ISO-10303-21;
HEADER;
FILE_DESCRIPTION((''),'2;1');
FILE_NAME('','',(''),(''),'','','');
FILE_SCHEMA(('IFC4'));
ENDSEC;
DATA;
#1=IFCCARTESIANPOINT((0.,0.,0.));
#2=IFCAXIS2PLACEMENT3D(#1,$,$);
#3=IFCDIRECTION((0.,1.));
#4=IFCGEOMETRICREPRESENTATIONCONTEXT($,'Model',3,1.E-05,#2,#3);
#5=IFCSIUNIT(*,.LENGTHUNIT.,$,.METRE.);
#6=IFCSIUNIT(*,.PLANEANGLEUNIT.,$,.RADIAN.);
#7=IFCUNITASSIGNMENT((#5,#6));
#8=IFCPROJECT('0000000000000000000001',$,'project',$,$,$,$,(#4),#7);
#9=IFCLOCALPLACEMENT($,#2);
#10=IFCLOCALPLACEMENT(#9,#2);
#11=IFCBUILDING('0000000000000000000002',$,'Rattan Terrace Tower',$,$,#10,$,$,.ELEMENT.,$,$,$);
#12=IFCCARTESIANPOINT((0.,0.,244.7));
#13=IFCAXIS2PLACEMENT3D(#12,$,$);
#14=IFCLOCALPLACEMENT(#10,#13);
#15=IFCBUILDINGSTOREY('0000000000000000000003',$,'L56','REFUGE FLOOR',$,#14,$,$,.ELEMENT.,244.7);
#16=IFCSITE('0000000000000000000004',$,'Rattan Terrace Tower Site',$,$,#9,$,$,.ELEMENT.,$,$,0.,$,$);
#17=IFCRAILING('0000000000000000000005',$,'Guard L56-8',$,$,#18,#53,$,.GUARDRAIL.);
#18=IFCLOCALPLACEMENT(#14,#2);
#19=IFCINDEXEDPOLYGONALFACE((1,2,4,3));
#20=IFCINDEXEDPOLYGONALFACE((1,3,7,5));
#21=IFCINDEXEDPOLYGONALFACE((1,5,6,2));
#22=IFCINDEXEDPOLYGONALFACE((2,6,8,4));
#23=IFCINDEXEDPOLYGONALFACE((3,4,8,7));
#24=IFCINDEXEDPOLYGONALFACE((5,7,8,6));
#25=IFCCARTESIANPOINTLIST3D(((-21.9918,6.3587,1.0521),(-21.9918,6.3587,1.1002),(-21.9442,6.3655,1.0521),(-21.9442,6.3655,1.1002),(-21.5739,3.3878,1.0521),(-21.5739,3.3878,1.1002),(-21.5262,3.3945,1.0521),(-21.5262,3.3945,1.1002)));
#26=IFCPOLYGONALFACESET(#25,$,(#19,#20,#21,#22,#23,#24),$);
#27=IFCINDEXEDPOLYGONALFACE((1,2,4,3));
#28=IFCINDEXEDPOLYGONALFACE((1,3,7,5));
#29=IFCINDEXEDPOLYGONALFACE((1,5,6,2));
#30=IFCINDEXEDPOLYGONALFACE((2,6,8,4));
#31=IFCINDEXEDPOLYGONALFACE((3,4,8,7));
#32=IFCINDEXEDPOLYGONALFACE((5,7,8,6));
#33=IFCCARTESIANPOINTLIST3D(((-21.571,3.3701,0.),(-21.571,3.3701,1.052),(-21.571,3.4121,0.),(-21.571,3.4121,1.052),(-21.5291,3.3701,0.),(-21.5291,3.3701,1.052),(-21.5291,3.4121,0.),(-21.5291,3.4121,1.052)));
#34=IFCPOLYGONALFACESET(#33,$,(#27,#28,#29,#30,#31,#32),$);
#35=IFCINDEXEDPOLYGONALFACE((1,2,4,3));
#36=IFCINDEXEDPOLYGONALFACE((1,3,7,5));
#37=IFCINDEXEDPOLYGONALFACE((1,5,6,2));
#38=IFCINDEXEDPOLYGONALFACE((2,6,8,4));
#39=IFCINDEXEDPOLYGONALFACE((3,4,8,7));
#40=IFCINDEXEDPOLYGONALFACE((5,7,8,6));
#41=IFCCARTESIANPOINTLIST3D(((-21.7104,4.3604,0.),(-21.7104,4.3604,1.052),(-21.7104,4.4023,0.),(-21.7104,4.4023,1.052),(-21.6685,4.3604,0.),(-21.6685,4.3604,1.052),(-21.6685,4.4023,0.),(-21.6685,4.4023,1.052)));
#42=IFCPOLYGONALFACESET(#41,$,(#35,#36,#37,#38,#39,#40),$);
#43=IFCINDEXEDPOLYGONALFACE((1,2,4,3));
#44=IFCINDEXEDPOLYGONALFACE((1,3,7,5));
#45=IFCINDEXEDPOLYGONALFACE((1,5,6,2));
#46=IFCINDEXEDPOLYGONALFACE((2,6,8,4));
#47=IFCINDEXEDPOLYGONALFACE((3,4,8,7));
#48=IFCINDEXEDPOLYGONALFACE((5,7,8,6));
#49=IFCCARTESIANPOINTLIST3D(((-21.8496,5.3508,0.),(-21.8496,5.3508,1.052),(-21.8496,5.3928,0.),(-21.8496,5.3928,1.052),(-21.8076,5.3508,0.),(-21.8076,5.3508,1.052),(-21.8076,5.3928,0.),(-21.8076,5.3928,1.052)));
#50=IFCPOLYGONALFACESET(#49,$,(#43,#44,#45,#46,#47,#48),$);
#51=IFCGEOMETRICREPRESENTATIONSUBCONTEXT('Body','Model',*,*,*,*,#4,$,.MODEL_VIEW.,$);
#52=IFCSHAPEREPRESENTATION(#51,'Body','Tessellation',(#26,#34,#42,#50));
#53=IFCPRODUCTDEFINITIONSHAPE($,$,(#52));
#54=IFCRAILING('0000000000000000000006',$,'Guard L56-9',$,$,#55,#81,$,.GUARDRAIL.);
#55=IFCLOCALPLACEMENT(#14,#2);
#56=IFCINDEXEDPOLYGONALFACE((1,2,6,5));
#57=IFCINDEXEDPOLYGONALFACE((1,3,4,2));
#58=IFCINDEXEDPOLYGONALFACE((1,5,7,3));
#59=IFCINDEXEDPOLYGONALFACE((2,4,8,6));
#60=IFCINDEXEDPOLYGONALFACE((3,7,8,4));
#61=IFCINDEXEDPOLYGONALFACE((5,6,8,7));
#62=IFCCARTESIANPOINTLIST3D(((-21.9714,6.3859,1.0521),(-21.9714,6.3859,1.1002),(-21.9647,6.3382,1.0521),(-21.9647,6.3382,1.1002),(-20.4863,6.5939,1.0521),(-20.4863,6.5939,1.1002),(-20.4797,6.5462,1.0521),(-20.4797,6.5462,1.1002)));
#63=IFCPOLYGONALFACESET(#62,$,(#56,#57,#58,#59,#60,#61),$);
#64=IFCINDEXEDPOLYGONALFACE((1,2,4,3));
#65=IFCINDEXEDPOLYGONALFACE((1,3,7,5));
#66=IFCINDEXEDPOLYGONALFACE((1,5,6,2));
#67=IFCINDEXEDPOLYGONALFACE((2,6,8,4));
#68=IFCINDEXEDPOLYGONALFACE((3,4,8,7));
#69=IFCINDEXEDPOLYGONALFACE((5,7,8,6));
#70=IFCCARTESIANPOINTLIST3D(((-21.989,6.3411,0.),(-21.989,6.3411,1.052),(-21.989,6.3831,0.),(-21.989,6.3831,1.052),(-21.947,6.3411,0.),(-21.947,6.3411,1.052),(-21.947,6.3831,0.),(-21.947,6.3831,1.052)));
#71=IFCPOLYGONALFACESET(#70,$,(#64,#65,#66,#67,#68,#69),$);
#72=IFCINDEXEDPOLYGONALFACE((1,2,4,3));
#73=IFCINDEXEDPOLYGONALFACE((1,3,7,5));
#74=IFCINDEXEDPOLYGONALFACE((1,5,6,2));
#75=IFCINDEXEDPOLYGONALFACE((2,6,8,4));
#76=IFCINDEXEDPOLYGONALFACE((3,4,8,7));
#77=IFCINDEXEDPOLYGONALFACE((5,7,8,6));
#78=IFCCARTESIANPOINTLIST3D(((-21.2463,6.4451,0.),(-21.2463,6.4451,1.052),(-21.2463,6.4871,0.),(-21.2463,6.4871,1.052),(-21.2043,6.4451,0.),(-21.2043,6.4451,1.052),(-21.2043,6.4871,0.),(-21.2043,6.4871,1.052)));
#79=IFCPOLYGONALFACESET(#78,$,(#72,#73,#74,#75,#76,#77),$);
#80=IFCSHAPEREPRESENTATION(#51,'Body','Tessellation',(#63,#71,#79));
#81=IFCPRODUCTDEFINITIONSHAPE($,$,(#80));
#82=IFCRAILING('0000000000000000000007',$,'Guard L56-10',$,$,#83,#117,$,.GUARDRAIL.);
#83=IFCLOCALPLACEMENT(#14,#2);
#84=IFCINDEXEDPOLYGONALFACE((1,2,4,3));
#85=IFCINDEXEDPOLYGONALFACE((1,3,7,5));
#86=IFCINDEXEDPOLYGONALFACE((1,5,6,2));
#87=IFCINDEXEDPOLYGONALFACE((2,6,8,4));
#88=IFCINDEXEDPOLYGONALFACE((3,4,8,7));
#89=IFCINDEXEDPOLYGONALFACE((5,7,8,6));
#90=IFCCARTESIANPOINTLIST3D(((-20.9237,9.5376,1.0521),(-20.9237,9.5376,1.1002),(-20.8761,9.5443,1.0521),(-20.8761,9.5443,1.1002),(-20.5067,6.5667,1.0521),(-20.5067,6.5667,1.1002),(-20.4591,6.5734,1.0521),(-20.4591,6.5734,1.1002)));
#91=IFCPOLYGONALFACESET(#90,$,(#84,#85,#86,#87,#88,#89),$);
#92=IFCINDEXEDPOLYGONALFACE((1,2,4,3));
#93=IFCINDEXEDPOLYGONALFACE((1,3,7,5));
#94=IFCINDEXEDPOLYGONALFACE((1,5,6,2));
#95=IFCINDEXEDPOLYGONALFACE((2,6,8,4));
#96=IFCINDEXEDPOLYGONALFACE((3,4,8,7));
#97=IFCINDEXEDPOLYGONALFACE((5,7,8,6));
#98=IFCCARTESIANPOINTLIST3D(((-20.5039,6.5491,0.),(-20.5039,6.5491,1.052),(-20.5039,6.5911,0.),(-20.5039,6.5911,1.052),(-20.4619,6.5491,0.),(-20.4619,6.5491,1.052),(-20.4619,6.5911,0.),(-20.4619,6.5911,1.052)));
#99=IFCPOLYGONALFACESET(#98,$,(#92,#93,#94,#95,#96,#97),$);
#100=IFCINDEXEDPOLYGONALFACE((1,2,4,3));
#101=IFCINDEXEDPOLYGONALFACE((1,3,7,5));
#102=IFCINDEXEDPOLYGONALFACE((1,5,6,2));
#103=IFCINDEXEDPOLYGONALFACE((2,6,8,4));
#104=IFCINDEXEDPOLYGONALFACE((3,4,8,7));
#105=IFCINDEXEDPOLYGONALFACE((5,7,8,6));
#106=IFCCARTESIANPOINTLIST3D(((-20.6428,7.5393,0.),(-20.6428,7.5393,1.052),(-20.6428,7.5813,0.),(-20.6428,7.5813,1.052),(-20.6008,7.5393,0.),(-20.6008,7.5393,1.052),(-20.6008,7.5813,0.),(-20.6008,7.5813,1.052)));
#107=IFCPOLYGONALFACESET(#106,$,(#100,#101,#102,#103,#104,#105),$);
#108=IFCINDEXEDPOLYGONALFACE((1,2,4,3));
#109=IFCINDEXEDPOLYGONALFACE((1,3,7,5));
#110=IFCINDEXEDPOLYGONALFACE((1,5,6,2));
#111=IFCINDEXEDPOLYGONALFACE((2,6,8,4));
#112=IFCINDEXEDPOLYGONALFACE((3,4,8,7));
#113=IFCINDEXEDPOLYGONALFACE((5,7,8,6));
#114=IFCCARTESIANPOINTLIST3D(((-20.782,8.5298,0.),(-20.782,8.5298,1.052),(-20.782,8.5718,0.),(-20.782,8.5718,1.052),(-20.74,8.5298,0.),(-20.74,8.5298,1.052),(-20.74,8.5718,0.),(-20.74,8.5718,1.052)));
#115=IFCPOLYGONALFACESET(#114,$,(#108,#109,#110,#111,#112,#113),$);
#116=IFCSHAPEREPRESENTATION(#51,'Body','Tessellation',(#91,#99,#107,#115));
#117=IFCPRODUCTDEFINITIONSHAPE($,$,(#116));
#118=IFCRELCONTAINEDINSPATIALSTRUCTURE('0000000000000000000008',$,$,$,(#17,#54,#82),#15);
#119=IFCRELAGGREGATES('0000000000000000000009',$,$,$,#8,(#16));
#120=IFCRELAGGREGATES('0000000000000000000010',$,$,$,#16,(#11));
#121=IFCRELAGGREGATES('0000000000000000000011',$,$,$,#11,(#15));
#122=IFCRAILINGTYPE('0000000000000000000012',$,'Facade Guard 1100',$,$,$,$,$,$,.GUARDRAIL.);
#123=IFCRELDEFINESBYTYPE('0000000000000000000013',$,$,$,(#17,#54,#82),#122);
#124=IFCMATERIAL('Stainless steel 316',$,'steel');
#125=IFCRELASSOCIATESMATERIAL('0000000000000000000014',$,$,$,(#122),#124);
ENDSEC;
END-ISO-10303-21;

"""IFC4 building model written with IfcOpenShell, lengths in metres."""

from ifc_helpers import new_model, si_unit, direction, frame, origin, origin_2d, place, context, subcontext, project, spatial, rectangle, extrude, material, type_object, element, save


model = new_model("IFC4")

# Units and contexts
model_context = context("Model", 3, precision=1e-05, world=origin(), true_north=direction((0.0, 1.0)))
body_context = subcontext(model_context, "Body", "Model", "MODEL_VIEW")
ifc_project = project(units=[si_unit("LENGTHUNIT", "METRE"), si_unit("PLANEANGLEUNIT", "RADIAN")], contexts=[model_context])

# Site, building, storey
site_placement = place(None, origin())
site = spatial("IfcSite", under=ifc_project, at=site_placement, Name="Rattan Terrace Tower Site", CompositionType="ELEMENT", RefElevation=0.0)
building_placement = place(site_placement, origin())
building = spatial("IfcBuilding", under=site, at=building_placement, Name="Rattan Terrace Tower", CompositionType="ELEMENT")
storey_placement = place(building_placement, frame((0.0, 0.0, 244.7)))
storey = spatial("IfcBuildingStorey", under=building, at=storey_placement, Name="L56", Description="REFUGE FLOOR", CompositionType="ELEMENT", Elevation=244.7)

# Railings
ifc_material_1 = material(Name="Stainless steel 316", Category="steel")
railing_type_1 = type_object("IfcRailingType", Name="Facade Guard 1100", PredefinedType="GUARDRAIL", material=ifc_material_1)
railing_1_placement = place(storey_placement, frame((-21.55, 3.3911, 0.0)))
element("IfcRailing", 1, at=railing_1_placement, inside=storey, type_object=railing_type_1, Name="Guard L56-8", PredefinedType="GUARDRAIL", context=body_context, shape_type="SweptSolid", body=[
    extrude(rectangle(XDim=0.0481, YDim=0.0481, at=origin_2d()), frame((0.0, 0.0, 1.0762), z_axis=(-0.139313, 0.990248, 0.0), x_axis=(-0.990248, -0.139313, 0.0)), (0.0, 0.0, 1.0), 3.0002),
    extrude(rectangle(XDim=0.042, YDim=0.042, at=origin_2d()), origin(), (0.0, 0.0, 1.0), 1.052),
    extrude(rectangle(XDim=0.042, YDim=0.042, at=origin_2d()), frame((-0.1394, 0.9902, 0.0)), (0.0, 0.0, 1.0), 1.052),
    extrude(rectangle(XDim=0.042, YDim=0.042, at=origin_2d()), frame((-0.2786, 1.9807, 0.0)), (0.0, 0.0, 1.0), 1.052),
])
railing_2_placement = place(storey_placement, frame((-21.968, 6.3621, 0.0)))
element("IfcRailing", 2, at=railing_2_placement, inside=storey, type_object=railing_type_1, Name="Guard L56-9", PredefinedType="GUARDRAIL", context=body_context, shape_type="SweptSolid", body=[
    extrude(rectangle(XDim=0.0481, YDim=0.0481, at=origin_2d()), frame((0.0, 0.0, 1.0762), z_axis=(0.990333, 0.138709, 0.0), x_axis=(-0.138709, 0.990333, 0.0)), (0.0, 0.0, 1.0), 1.4995),
    extrude(rectangle(XDim=0.042, YDim=0.042, at=origin_2d()), origin(), (0.0, 0.0, 1.0), 1.052),
    extrude(rectangle(XDim=0.042, YDim=0.042, at=origin_2d()), frame((0.7427, 0.104, 0.0)), (0.0, 0.0, 1.0), 1.052),
])
railing_3_placement = place(storey_placement, frame((-20.4829, 6.5701, 0.0)))
element("IfcRailing", 3, at=railing_3_placement, inside=storey, type_object=railing_type_1, Name="Guard L56-10", PredefinedType="GUARDRAIL", context=body_context, shape_type="SweptSolid", body=[
    extrude(rectangle(XDim=0.0481, YDim=0.0481, at=origin_2d()), frame((0.0, 0.0, 1.0762), z_axis=(-0.138994, 0.990293, 0.0), x_axis=(-0.990293, -0.138994, 0.0)), (0.0, 0.0, 1.0), 3.0),
    extrude(rectangle(XDim=0.042, YDim=0.042, at=origin_2d()), origin(), (0.0, 0.0, 1.0), 1.052),
    extrude(rectangle(XDim=0.042, YDim=0.042, at=origin_2d()), frame((-0.1389, 0.9902, 0.0)), (0.0, 0.0, 1.0), 1.052),
    extrude(rectangle(XDim=0.042, YDim=0.042, at=origin_2d()), frame((-0.2781, 1.9807, 0.0)), (0.0, 0.0, 1.0), 1.052),
])

save(model, "model.ifc")
